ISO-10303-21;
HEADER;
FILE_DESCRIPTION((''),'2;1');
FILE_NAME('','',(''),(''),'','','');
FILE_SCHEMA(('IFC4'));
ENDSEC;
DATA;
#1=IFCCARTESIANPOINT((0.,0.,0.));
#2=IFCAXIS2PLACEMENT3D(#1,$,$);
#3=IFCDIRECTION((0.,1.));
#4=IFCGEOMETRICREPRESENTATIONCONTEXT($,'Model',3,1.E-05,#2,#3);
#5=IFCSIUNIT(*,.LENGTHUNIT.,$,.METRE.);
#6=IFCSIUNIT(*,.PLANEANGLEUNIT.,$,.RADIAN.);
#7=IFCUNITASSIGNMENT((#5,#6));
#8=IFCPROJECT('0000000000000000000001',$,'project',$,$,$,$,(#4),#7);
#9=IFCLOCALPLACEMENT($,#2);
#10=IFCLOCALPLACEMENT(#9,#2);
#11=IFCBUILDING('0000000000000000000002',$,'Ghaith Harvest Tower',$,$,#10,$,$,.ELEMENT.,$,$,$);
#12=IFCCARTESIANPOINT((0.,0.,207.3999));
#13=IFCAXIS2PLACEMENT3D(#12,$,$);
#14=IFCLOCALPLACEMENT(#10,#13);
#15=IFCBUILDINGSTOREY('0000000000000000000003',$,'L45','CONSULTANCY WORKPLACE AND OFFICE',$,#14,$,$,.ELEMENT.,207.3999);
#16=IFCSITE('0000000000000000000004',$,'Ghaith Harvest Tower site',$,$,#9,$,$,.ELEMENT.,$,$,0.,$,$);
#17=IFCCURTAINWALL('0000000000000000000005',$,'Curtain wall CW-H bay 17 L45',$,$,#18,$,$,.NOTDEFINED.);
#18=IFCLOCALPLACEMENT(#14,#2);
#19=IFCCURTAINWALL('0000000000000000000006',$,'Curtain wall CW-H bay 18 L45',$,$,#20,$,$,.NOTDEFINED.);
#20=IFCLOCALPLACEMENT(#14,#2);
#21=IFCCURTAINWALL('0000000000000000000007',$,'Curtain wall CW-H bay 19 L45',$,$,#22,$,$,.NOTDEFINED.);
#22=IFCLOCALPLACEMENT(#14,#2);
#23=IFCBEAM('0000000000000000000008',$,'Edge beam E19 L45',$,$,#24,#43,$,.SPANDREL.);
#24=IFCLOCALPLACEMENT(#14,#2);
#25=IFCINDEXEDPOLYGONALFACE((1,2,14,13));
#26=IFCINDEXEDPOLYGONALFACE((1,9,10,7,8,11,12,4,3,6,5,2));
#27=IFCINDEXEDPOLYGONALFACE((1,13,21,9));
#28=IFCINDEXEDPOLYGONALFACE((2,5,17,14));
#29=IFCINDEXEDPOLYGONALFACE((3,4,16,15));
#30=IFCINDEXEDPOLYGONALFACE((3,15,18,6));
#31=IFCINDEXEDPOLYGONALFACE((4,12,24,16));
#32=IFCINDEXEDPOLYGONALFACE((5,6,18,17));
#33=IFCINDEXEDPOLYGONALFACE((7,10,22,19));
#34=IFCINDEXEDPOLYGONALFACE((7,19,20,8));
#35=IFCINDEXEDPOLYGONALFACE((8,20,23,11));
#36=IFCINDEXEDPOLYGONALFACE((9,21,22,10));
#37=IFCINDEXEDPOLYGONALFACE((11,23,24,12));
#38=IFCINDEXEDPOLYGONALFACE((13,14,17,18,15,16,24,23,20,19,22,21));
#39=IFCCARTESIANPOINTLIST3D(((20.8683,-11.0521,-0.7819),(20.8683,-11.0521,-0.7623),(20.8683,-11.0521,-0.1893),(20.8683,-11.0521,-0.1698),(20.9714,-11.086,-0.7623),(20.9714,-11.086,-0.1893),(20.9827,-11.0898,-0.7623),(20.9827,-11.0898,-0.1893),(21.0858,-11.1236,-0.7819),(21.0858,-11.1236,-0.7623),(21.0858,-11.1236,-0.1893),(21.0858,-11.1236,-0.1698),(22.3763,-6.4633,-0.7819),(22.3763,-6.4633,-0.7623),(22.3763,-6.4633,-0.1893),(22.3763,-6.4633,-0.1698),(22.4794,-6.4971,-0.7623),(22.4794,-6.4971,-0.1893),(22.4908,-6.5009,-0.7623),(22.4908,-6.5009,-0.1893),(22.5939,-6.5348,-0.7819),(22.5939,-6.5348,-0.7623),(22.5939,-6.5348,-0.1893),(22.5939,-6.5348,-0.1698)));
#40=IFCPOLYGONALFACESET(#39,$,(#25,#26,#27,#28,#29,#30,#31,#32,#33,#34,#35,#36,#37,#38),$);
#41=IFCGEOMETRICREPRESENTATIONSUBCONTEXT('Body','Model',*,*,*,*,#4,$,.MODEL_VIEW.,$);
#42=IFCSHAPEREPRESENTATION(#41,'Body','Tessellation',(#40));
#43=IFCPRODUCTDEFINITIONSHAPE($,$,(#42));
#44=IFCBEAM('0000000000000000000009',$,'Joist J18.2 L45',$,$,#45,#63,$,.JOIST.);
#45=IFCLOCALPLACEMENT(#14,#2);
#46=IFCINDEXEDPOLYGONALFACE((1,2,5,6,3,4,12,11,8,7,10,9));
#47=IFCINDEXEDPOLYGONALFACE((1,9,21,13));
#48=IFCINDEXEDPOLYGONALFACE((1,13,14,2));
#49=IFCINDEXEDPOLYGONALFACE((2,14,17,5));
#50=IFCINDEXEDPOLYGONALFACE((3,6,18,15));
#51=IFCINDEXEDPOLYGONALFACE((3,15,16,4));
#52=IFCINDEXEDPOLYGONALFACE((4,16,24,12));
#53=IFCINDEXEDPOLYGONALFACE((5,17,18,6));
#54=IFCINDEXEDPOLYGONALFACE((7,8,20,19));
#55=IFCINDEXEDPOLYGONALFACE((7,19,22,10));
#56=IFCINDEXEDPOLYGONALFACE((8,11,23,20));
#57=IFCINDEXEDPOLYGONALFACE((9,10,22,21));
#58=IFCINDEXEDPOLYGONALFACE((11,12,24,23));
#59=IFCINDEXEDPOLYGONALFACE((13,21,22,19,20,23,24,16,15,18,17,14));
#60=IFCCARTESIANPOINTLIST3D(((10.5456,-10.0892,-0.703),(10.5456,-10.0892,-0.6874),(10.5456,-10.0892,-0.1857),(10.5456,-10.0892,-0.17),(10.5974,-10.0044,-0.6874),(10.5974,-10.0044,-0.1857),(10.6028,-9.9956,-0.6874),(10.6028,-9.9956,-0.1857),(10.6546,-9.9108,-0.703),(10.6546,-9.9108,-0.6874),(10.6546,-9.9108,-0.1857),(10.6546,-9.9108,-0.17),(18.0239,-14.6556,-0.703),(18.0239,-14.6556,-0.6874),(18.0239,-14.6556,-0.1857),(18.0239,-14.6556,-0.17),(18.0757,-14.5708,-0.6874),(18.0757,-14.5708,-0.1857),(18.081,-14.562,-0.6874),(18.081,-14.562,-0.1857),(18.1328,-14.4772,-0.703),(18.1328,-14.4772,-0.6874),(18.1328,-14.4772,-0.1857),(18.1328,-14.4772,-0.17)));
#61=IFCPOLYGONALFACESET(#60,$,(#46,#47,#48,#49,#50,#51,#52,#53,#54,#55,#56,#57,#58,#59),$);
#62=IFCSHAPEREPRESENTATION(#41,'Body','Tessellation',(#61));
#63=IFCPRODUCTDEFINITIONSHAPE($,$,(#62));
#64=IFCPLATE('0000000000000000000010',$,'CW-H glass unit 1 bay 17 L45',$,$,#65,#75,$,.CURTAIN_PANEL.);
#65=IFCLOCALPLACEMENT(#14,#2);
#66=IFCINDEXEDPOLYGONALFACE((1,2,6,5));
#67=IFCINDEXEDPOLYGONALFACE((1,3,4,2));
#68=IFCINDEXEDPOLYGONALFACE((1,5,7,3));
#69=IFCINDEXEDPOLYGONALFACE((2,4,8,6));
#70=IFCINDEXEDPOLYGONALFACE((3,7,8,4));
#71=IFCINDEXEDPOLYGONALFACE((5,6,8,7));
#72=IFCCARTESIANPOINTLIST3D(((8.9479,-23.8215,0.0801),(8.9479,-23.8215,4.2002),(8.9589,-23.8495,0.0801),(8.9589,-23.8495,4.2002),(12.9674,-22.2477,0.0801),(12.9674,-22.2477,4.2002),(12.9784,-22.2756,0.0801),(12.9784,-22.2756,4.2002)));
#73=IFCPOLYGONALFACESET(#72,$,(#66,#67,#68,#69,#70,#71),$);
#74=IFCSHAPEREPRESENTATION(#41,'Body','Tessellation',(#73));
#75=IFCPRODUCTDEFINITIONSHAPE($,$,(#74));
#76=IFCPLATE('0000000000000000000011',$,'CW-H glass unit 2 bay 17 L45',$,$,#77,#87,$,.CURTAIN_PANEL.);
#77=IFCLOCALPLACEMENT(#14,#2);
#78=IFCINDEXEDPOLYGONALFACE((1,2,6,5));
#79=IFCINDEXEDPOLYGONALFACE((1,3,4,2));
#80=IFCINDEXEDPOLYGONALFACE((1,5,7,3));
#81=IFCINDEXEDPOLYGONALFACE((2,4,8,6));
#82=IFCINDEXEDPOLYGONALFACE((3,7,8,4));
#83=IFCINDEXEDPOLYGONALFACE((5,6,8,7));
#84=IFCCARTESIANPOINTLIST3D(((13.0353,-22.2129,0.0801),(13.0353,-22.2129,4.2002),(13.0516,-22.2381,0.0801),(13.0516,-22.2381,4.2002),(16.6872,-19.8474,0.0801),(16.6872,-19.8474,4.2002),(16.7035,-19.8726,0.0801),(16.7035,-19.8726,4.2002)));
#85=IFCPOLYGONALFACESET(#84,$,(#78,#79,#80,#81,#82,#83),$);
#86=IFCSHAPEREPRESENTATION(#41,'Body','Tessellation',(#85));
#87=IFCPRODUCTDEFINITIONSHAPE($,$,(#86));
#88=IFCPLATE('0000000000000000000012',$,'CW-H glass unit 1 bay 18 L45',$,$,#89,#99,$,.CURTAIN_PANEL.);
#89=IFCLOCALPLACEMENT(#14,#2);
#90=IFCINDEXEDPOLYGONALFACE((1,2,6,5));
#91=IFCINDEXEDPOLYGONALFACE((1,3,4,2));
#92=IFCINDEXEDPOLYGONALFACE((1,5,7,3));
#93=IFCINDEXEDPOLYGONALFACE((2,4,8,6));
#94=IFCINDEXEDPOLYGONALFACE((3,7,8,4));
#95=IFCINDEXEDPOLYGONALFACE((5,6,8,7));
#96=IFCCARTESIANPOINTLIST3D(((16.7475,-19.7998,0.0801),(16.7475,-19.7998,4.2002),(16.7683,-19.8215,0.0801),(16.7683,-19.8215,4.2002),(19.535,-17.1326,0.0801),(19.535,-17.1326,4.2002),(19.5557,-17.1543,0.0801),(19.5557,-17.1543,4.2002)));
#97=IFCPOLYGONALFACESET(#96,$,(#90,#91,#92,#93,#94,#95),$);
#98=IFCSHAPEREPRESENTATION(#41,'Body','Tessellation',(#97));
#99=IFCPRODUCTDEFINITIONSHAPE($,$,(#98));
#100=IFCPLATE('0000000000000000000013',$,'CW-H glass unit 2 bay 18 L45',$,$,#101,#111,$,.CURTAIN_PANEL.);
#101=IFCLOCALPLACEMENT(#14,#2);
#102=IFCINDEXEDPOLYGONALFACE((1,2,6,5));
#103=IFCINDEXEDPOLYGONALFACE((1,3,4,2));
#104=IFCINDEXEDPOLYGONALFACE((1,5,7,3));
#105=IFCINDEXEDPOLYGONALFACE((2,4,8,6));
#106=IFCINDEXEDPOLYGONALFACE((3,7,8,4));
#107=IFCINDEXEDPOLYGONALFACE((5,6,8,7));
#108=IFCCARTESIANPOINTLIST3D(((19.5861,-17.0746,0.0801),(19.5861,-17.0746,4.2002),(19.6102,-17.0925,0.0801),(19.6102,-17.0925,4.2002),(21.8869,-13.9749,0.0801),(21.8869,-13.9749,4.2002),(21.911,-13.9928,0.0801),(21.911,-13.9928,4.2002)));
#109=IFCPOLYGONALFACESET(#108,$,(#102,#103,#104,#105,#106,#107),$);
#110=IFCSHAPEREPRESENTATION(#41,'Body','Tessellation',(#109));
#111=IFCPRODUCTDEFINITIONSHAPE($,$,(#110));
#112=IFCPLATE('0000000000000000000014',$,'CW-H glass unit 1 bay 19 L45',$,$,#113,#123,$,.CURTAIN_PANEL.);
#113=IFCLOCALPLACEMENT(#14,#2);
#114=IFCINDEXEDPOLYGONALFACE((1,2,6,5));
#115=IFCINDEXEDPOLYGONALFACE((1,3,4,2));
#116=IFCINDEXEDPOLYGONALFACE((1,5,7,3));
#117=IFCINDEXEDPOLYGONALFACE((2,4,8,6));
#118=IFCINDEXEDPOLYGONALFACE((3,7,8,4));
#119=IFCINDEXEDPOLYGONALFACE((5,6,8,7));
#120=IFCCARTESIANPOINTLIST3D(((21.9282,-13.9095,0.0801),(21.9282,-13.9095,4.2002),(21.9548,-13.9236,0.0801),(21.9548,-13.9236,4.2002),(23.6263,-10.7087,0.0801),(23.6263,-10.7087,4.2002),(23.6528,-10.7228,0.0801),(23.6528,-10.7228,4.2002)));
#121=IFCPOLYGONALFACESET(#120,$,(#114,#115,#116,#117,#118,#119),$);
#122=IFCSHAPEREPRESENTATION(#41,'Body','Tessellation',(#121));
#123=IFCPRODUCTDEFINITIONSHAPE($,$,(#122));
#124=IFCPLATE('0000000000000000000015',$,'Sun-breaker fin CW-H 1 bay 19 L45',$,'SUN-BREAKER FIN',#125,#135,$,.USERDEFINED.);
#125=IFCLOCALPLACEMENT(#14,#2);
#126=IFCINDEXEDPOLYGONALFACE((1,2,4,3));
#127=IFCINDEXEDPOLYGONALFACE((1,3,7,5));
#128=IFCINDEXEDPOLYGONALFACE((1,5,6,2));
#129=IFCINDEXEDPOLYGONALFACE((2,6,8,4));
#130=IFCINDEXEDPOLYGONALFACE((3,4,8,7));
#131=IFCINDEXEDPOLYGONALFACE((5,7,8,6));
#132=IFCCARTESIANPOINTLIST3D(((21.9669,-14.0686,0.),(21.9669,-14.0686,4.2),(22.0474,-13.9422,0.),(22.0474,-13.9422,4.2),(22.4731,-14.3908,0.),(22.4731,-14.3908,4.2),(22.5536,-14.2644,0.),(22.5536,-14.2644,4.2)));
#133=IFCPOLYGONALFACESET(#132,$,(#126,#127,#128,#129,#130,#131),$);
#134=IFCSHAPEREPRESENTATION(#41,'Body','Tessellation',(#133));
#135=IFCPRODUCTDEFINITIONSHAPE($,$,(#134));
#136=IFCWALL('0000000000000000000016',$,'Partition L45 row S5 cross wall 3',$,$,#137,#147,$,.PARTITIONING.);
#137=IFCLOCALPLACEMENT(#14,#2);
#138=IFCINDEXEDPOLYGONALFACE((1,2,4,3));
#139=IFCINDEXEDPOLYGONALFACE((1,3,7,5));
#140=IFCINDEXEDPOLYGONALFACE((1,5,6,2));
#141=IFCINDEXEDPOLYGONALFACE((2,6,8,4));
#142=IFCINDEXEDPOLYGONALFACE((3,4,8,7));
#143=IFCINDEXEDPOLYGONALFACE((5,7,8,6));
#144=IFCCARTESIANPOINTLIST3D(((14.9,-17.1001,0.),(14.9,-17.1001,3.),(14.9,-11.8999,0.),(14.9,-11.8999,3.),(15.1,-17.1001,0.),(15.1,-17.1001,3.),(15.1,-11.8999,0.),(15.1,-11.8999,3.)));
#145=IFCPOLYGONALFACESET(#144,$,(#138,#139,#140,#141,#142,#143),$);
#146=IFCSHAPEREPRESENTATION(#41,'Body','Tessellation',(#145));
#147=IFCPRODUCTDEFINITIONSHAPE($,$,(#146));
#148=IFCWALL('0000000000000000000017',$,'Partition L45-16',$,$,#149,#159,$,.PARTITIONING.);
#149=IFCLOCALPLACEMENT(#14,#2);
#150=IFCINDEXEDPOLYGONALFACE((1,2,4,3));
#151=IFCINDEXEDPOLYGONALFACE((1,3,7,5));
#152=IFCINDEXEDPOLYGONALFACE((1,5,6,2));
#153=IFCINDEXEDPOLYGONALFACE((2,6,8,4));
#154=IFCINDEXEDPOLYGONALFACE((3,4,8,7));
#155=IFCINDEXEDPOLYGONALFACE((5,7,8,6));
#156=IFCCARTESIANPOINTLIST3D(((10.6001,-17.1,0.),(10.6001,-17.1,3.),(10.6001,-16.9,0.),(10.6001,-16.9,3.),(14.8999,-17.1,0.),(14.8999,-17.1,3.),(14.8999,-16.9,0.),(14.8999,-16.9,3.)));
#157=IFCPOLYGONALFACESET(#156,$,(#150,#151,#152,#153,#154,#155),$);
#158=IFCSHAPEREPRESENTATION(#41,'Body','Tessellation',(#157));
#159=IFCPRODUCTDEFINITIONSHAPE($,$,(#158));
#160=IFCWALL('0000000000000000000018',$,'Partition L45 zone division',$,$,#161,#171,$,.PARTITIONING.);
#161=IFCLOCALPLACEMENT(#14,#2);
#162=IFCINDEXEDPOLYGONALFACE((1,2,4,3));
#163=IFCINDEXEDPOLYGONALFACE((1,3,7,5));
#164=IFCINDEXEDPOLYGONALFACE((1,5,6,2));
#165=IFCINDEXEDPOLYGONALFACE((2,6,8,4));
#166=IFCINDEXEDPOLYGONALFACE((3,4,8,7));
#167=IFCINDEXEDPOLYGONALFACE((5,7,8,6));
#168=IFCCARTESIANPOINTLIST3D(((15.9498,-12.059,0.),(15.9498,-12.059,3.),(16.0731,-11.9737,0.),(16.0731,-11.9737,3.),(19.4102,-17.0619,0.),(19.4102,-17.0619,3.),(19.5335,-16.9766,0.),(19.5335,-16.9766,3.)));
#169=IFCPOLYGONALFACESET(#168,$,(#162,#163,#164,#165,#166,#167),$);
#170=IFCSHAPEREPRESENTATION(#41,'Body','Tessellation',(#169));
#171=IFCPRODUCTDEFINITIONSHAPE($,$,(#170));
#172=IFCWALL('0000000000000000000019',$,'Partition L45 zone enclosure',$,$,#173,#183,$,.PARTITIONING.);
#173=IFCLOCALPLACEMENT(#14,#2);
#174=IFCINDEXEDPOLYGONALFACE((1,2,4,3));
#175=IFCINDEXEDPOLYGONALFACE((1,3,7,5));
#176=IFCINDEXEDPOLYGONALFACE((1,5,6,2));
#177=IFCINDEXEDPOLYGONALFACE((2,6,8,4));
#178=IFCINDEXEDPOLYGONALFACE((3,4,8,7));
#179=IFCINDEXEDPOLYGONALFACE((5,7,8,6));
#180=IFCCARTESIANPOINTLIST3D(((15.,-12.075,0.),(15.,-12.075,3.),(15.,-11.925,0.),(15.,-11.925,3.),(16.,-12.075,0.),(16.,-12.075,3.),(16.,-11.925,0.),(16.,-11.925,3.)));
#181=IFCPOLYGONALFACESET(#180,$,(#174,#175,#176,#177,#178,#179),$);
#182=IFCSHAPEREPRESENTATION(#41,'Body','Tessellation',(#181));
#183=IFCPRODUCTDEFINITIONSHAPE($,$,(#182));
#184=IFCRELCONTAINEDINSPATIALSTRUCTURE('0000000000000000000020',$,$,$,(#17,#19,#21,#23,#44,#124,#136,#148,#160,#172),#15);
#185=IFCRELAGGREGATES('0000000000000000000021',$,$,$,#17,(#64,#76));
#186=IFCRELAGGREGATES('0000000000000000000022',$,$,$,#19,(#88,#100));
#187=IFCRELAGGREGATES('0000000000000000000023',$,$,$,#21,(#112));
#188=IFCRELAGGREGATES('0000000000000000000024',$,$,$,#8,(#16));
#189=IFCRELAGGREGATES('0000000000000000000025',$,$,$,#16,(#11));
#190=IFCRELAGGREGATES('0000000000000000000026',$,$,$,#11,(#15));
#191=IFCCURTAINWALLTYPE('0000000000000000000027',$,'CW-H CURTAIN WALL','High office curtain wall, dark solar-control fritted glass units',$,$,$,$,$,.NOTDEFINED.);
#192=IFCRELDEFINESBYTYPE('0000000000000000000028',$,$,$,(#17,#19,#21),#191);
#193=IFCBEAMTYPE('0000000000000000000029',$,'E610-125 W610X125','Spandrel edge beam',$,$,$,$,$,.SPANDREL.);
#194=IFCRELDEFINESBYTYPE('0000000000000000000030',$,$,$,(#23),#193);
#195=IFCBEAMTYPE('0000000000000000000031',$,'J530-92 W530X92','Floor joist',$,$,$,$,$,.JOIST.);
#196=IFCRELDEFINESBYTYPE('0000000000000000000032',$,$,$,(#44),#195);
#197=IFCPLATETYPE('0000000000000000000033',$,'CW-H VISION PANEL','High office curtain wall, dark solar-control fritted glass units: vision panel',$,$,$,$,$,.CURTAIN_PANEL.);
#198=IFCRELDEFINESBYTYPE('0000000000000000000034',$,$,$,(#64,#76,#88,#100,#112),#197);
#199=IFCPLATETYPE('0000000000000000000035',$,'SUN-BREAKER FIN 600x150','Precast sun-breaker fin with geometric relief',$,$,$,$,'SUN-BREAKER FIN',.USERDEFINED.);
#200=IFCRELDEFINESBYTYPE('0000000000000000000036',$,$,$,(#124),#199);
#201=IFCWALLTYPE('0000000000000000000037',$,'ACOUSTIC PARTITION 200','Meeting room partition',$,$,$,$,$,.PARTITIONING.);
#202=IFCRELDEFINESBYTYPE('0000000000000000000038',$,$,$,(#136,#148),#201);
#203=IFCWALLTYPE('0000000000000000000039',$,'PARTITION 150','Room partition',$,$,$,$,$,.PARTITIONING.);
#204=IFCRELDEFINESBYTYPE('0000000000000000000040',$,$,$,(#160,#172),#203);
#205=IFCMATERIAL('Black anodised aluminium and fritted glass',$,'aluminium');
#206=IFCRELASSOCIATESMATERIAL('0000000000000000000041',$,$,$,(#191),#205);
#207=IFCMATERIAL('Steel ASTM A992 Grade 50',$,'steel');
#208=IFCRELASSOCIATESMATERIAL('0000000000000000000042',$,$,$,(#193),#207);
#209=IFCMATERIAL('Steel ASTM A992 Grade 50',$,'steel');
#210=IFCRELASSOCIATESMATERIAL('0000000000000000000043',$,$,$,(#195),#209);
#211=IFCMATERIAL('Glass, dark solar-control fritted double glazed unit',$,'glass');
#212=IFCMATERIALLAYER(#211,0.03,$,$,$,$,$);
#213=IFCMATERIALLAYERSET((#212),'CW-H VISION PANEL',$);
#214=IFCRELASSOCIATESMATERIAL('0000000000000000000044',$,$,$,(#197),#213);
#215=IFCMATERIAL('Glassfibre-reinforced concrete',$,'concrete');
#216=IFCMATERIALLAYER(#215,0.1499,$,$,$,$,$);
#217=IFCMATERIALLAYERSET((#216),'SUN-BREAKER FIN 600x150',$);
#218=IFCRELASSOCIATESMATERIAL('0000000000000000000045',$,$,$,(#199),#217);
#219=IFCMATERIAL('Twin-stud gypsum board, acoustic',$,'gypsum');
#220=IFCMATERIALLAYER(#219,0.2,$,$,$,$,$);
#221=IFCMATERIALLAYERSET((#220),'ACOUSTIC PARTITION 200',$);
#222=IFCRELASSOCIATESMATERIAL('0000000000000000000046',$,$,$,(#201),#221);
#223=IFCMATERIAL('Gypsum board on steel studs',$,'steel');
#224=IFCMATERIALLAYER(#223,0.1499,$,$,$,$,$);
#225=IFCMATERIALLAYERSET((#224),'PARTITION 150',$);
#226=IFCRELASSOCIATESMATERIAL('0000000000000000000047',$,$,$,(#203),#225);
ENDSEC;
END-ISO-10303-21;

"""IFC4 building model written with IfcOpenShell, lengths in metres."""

from ifc_helpers import new_model, si_unit, direction, frame, frame_2d, origin, origin_2d, place, context, subcontext, project, spatial, rectangle, i_section, extrude, material, layer, layer_set, material_profile, profile_set, type_object, element, aggregate, save


model = new_model("IFC4")

# Units and contexts
model_context = context("Model", 3, precision=1e-05, world=origin(), true_north=direction((0.0, 1.0)))
body_context = subcontext(model_context, "Body", "Model", "MODEL_VIEW")
ifc_project = project(units=[si_unit("LENGTHUNIT", "METRE"), si_unit("PLANEANGLEUNIT", "RADIAN")], contexts=[model_context])

# Site, building, storey
site_placement = place(None, origin())
site = spatial("IfcSite", under=ifc_project, at=site_placement, Name="Ghaith Harvest Tower site", CompositionType="ELEMENT", RefElevation=0.0)
building_placement = place(site_placement, origin())
building = spatial("IfcBuilding", under=site, at=building_placement, Name="Ghaith Harvest Tower", CompositionType="ELEMENT")
storey_placement = place(building_placement, frame((0.0, 0.0, 207.3999)))
storey = spatial("IfcBuildingStorey", under=building, at=storey_placement, Name="L45", Description="CONSULTANCY WORKPLACE AND OFFICE", CompositionType="ELEMENT", Elevation=207.3999)

# Curtain wall
ifc_material_1 = material(Name="Black anodised aluminium and fritted glass", Category="aluminium")
curtain_wall_type = type_object("IfcCurtainWallType", Name="CW-H CURTAIN WALL", Description="High office curtain wall, dark solar-control fritted glass units", PredefinedType="NOTDEFINED", material=ifc_material_1)
curtain_wall_1_placement = place(storey_placement, origin())
curtain_wall_1 = element("IfcCurtainWall", 1, at=curtain_wall_1_placement, inside=storey, type_object=curtain_wall_type, Name="Curtain wall CW-H bay 17 L45", PredefinedType="NOTDEFINED")

# Curtain walls
curtain_wall_2_placement = place(storey_placement, origin())
curtain_wall_2 = element("IfcCurtainWall", 2, at=curtain_wall_2_placement, inside=storey, type_object=curtain_wall_type, Name="Curtain wall CW-H bay 18 L45", PredefinedType="NOTDEFINED")
curtain_wall_3_placement = place(storey_placement, origin())
curtain_wall_3 = element("IfcCurtainWall", 3, at=curtain_wall_3_placement, inside=storey, type_object=curtain_wall_type, Name="Curtain wall CW-H bay 19 L45", PredefinedType="NOTDEFINED")

# Beams
ifc_material_2 = material(Name="Steel ASTM A992 Grade 50", Category="steel")
ifc_material_profile_1 = material_profile(ifc_material_2, i_section(OverallWidth=0.229, OverallDepth=0.6121, WebThickness=0.012, FlangeThickness=0.0195, at=origin_2d()), Name="W610X125")
ifc_profile_set_1 = profile_set([ifc_material_profile_1], Name="Steel ASTM A992 Grade 50")
beam_type_1 = type_object("IfcBeamType", Name="E610-125 W610X125", Description="Spandrel edge beam", PredefinedType="SPANDREL", material=ifc_profile_set_1)
beam_1_placement = place(storey_placement, frame((20.9771, -11.0879, -0.4758), z_axis=(0.312207, 0.950014, 0.0), x_axis=(-0.950014, 0.312207, 0.0)))
element("IfcBeam", 4, at=beam_1_placement, inside=storey, type_object=beam_type_1, Name="Edge beam E19 L45", PredefinedType="SPANDREL", context=body_context, shape_type="SweptSolid", body=[
    extrude(i_section(OverallWidth=0.229, OverallDepth=0.6121, WebThickness=0.012, FlangeThickness=0.0195, at=origin_2d()), origin(), (0.0, 0.0, 1.0), 4.8303),
])
ifc_material_3 = material(Name="Steel ASTM A992 Grade 50", Category="steel")
ifc_material_profile_2 = material_profile(ifc_material_3, i_section(OverallWidth=0.209, OverallDepth=0.533, WebThickness=0.0103, FlangeThickness=0.0156, at=origin_2d()), Name="W530X92")
ifc_profile_set_2 = profile_set([ifc_material_profile_2], Name="Steel ASTM A992 Grade 50")
beam_type_2 = type_object("IfcBeamType", Name="J530-92 W530X92", Description="Floor joist", PredefinedType="JOIST", material=ifc_profile_set_2)
beam_2_placement = place(storey_placement, frame((10.6001, -10.0, -0.4365), z_axis=(0.853467, -0.521147, 0.0), x_axis=(0.521147, 0.853467, 0.0)))
element("IfcBeam", 5, at=beam_2_placement, inside=storey, type_object=beam_type_2, Name="Joist J18.2 L45", PredefinedType="JOIST", context=body_context, shape_type="SweptSolid", body=[
    extrude(i_section(OverallWidth=0.209, OverallDepth=0.533, WebThickness=0.0103, FlangeThickness=0.0156, at=origin_2d()), origin(), (0.0, 0.0, 1.0), 8.7622),
])

# Plates
ifc_material_4 = material(Name="Glass, dark solar-control fritted double glazed unit", Category="glass")
ifc_layer_1 = layer(ifc_material_4, 0.03)
ifc_layer_set_1 = layer_set([ifc_layer_1], Name="CW-H VISION PANEL")
plate_type_1 = type_object("IfcPlateType", Name="CW-H VISION PANEL", Description="High office curtain wall, dark solar-control fritted glass units: vision panel", PredefinedType="CURTAIN_PANEL", material=ifc_layer_set_1)
plate_1_placement = place(storey_placement, frame((10.9631, -23.0486, 0.0801), z_axis=(0.0, 0.0, 1.0), x_axis=(0.931161, 0.364608, 0.0)))
plate_1 = element("IfcPlate", 6, at=plate_1_placement, type_object=plate_type_1, Name="CW-H glass unit 1 bay 17 L45", PredefinedType="CURTAIN_PANEL", context=body_context, shape_type="SweptSolid", body=[
    extrude(rectangle(XDim=4.3167, YDim=0.03, at=origin_2d()), origin(), (0.0, 0.0, 1.0), 4.1201),
])
plate_2_placement = place(storey_placement, frame((14.8694, -21.0427, 0.0801), z_axis=(0.0, 0.0, 1.0), x_axis=(0.839305, 0.54366, 0.0)))
plate_2 = element("IfcPlate", 7, at=plate_2_placement, type_object=plate_type_1, Name="CW-H glass unit 2 bay 17 L45", PredefinedType="CURTAIN_PANEL", context=body_context, shape_type="SweptSolid", body=[
    extrude(rectangle(XDim=4.3511, YDim=0.03, at=origin_2d()), origin(), (0.0, 0.0, 1.0), 4.1201),
])
aggregate(curtain_wall_1, [plate_1, plate_2])
plate_3_placement = place(storey_placement, frame((18.1516, -18.4771, 0.0801), z_axis=(0.0, 0.0, 1.0), x_axis=(0.722533, 0.691337, 0.0)))
plate_3 = element("IfcPlate", 8, at=plate_3_placement, type_object=plate_type_1, Name="CW-H glass unit 1 bay 18 L45", PredefinedType="CURTAIN_PANEL", context=body_context, shape_type="SweptSolid", body=[
    extrude(rectangle(XDim=3.8579, YDim=0.03, at=origin_2d()), origin(), (0.0, 0.0, 1.0), 4.1201),
])
plate_4_placement = place(storey_placement, frame((20.7485, -15.5337, 0.0801), z_axis=(0.0, 0.0, 1.0), x_axis=(0.596019, 0.802971, 0.0)))
plate_4 = element("IfcPlate", 9, at=plate_4_placement, type_object=plate_type_1, Name="CW-H glass unit 2 bay 18 L45", PredefinedType="CURTAIN_PANEL", context=body_context, shape_type="SweptSolid", body=[
    extrude(rectangle(XDim=3.8604, YDim=0.03, at=origin_2d()), origin(), (0.0, 0.0, 1.0), 4.1201),
])
aggregate(curtain_wall_2, [plate_3, plate_4])
plate_5_placement = place(storey_placement, frame((22.7905, -12.3162, 0.0801), z_axis=(0.0, 0.0, 1.0), x_axis=(0.468644, 0.883387, 0.0)))
plate_5 = element("IfcPlate", 10, at=plate_5_placement, type_object=plate_type_1, Name="CW-H glass unit 1 bay 19 L45", PredefinedType="CURTAIN_PANEL", context=body_context, shape_type="SweptSolid", body=[
    extrude(rectangle(XDim=3.6233, YDim=0.03, at=origin_2d()), origin(), (0.0, 0.0, 1.0), 4.1201),
])
aggregate(curtain_wall_3, [plate_5])
ifc_material_5 = material(Name="Glassfibre-reinforced concrete", Category="concrete")
ifc_layer_2 = layer(ifc_material_5, 0.1499)
ifc_layer_set_2 = layer_set([ifc_layer_2], Name="SUN-BREAKER FIN 600x150")
plate_type_2 = type_object("IfcPlateType", Name="SUN-BREAKER FIN 600x150", Description="Precast sun-breaker fin with geometric relief", ElementType="SUN-BREAKER FIN", PredefinedType="USERDEFINED", material=ifc_layer_set_2)
plate_6_placement = place(storey_placement, frame((22.2603, -14.1665, 0.0), z_axis=(0.0, 0.0, 1.0), x_axis=(0.843644, -0.536903, 0.0)))
element("IfcPlate", 11, at=plate_6_placement, inside=storey, type_object=plate_type_2, Name="Sun-breaker fin CW-H 1 bay 19 L45", ObjectType="SUN-BREAKER FIN", PredefinedType="USERDEFINED", context=body_context, shape_type="SweptSolid", body=[
    extrude(rectangle(XDim=0.6001, YDim=0.1499, at=origin_2d()), origin(), (0.0, 0.0, 1.0), 4.2),
])

# Wall
ifc_material_6 = material(Name="Twin-stud gypsum board, acoustic", Category="gypsum")
ifc_layer_3 = layer(ifc_material_6, 0.2)
ifc_layer_set_3 = layer_set([ifc_layer_3], Name="ACOUSTIC PARTITION 200")
wall_type_1 = type_object("IfcWallType", Name="ACOUSTIC PARTITION 200", Description="Meeting room partition", PredefinedType="PARTITIONING", material=ifc_layer_set_3)
wall_1_placement = place(storey_placement, frame((15.0, -11.8999, 0.0), z_axis=(0.0, 0.0, 1.0), x_axis=(0.0, -1.0, 0.0)))
element("IfcWall", 12, at=wall_1_placement, inside=storey, type_object=wall_type_1, Name="Partition L45 row S5 cross wall 3", PredefinedType="PARTITIONING", context=body_context, shape_type="SweptSolid", body=[
    extrude(rectangle(XDim=5.2002, YDim=0.2, at=frame_2d((2.6001, 0.0))), origin(), (0.0, 0.0, 1.0), 3.0),
])

# Walls
wall_2_placement = place(storey_placement, frame((10.6001, -17.0, 0.0), z_axis=(0.0, 0.0, 1.0), x_axis=(1.0, 0.0, 0.0)))
element("IfcWall", 13, at=wall_2_placement, inside=storey, type_object=wall_type_1, Name="Partition L45-16", PredefinedType="PARTITIONING", context=body_context, shape_type="SweptSolid", body=[
    extrude(rectangle(XDim=4.2998, YDim=0.2, at=frame_2d((2.1499, 0.0))), origin(), (0.0, 0.0, 1.0), 3.0),
])
ifc_material_7 = material(Name="Gypsum board on steel studs", Category="steel")
ifc_layer_4 = layer(ifc_material_7, 0.1499)
ifc_layer_set_4 = layer_set([ifc_layer_4], Name="PARTITION 150")
wall_type_2 = type_object("IfcWallType", Name="PARTITION 150", Description="Room partition", PredefinedType="PARTITIONING", material=ifc_layer_set_4)
wall_3_placement = place(storey_placement, frame((16.0115, -12.0164, 0.0), z_axis=(0.0, 0.0, 1.0), x_axis=(0.568863, -0.822432, 0.0)))
element("IfcWall", 14, at=wall_3_placement, inside=storey, type_object=wall_type_2, Name="Partition L45 zone division", PredefinedType="PARTITIONING", context=body_context, shape_type="SweptSolid", body=[
    extrude(rectangle(XDim=6.083, YDim=0.1499, at=frame_2d((3.0415, 0.0))), origin(), (0.0, 0.0, 1.0), 3.0),
])
wall_4_placement = place(storey_placement, frame((15.0, -12.0, 0.0), z_axis=(0.0, 0.0, 1.0), x_axis=(1.0, 0.0, 0.0)))
element("IfcWall", 15, at=wall_4_placement, inside=storey, type_object=wall_type_2, Name="Partition L45 zone enclosure", PredefinedType="PARTITIONING", context=body_context, shape_type="SweptSolid", body=[
    extrude(rectangle(XDim=1.0, YDim=0.1499, at=frame_2d((0.5, 0.0))), origin(), (0.0, 0.0, 1.0), 3.0),
])

save(model, "model.ifc")
